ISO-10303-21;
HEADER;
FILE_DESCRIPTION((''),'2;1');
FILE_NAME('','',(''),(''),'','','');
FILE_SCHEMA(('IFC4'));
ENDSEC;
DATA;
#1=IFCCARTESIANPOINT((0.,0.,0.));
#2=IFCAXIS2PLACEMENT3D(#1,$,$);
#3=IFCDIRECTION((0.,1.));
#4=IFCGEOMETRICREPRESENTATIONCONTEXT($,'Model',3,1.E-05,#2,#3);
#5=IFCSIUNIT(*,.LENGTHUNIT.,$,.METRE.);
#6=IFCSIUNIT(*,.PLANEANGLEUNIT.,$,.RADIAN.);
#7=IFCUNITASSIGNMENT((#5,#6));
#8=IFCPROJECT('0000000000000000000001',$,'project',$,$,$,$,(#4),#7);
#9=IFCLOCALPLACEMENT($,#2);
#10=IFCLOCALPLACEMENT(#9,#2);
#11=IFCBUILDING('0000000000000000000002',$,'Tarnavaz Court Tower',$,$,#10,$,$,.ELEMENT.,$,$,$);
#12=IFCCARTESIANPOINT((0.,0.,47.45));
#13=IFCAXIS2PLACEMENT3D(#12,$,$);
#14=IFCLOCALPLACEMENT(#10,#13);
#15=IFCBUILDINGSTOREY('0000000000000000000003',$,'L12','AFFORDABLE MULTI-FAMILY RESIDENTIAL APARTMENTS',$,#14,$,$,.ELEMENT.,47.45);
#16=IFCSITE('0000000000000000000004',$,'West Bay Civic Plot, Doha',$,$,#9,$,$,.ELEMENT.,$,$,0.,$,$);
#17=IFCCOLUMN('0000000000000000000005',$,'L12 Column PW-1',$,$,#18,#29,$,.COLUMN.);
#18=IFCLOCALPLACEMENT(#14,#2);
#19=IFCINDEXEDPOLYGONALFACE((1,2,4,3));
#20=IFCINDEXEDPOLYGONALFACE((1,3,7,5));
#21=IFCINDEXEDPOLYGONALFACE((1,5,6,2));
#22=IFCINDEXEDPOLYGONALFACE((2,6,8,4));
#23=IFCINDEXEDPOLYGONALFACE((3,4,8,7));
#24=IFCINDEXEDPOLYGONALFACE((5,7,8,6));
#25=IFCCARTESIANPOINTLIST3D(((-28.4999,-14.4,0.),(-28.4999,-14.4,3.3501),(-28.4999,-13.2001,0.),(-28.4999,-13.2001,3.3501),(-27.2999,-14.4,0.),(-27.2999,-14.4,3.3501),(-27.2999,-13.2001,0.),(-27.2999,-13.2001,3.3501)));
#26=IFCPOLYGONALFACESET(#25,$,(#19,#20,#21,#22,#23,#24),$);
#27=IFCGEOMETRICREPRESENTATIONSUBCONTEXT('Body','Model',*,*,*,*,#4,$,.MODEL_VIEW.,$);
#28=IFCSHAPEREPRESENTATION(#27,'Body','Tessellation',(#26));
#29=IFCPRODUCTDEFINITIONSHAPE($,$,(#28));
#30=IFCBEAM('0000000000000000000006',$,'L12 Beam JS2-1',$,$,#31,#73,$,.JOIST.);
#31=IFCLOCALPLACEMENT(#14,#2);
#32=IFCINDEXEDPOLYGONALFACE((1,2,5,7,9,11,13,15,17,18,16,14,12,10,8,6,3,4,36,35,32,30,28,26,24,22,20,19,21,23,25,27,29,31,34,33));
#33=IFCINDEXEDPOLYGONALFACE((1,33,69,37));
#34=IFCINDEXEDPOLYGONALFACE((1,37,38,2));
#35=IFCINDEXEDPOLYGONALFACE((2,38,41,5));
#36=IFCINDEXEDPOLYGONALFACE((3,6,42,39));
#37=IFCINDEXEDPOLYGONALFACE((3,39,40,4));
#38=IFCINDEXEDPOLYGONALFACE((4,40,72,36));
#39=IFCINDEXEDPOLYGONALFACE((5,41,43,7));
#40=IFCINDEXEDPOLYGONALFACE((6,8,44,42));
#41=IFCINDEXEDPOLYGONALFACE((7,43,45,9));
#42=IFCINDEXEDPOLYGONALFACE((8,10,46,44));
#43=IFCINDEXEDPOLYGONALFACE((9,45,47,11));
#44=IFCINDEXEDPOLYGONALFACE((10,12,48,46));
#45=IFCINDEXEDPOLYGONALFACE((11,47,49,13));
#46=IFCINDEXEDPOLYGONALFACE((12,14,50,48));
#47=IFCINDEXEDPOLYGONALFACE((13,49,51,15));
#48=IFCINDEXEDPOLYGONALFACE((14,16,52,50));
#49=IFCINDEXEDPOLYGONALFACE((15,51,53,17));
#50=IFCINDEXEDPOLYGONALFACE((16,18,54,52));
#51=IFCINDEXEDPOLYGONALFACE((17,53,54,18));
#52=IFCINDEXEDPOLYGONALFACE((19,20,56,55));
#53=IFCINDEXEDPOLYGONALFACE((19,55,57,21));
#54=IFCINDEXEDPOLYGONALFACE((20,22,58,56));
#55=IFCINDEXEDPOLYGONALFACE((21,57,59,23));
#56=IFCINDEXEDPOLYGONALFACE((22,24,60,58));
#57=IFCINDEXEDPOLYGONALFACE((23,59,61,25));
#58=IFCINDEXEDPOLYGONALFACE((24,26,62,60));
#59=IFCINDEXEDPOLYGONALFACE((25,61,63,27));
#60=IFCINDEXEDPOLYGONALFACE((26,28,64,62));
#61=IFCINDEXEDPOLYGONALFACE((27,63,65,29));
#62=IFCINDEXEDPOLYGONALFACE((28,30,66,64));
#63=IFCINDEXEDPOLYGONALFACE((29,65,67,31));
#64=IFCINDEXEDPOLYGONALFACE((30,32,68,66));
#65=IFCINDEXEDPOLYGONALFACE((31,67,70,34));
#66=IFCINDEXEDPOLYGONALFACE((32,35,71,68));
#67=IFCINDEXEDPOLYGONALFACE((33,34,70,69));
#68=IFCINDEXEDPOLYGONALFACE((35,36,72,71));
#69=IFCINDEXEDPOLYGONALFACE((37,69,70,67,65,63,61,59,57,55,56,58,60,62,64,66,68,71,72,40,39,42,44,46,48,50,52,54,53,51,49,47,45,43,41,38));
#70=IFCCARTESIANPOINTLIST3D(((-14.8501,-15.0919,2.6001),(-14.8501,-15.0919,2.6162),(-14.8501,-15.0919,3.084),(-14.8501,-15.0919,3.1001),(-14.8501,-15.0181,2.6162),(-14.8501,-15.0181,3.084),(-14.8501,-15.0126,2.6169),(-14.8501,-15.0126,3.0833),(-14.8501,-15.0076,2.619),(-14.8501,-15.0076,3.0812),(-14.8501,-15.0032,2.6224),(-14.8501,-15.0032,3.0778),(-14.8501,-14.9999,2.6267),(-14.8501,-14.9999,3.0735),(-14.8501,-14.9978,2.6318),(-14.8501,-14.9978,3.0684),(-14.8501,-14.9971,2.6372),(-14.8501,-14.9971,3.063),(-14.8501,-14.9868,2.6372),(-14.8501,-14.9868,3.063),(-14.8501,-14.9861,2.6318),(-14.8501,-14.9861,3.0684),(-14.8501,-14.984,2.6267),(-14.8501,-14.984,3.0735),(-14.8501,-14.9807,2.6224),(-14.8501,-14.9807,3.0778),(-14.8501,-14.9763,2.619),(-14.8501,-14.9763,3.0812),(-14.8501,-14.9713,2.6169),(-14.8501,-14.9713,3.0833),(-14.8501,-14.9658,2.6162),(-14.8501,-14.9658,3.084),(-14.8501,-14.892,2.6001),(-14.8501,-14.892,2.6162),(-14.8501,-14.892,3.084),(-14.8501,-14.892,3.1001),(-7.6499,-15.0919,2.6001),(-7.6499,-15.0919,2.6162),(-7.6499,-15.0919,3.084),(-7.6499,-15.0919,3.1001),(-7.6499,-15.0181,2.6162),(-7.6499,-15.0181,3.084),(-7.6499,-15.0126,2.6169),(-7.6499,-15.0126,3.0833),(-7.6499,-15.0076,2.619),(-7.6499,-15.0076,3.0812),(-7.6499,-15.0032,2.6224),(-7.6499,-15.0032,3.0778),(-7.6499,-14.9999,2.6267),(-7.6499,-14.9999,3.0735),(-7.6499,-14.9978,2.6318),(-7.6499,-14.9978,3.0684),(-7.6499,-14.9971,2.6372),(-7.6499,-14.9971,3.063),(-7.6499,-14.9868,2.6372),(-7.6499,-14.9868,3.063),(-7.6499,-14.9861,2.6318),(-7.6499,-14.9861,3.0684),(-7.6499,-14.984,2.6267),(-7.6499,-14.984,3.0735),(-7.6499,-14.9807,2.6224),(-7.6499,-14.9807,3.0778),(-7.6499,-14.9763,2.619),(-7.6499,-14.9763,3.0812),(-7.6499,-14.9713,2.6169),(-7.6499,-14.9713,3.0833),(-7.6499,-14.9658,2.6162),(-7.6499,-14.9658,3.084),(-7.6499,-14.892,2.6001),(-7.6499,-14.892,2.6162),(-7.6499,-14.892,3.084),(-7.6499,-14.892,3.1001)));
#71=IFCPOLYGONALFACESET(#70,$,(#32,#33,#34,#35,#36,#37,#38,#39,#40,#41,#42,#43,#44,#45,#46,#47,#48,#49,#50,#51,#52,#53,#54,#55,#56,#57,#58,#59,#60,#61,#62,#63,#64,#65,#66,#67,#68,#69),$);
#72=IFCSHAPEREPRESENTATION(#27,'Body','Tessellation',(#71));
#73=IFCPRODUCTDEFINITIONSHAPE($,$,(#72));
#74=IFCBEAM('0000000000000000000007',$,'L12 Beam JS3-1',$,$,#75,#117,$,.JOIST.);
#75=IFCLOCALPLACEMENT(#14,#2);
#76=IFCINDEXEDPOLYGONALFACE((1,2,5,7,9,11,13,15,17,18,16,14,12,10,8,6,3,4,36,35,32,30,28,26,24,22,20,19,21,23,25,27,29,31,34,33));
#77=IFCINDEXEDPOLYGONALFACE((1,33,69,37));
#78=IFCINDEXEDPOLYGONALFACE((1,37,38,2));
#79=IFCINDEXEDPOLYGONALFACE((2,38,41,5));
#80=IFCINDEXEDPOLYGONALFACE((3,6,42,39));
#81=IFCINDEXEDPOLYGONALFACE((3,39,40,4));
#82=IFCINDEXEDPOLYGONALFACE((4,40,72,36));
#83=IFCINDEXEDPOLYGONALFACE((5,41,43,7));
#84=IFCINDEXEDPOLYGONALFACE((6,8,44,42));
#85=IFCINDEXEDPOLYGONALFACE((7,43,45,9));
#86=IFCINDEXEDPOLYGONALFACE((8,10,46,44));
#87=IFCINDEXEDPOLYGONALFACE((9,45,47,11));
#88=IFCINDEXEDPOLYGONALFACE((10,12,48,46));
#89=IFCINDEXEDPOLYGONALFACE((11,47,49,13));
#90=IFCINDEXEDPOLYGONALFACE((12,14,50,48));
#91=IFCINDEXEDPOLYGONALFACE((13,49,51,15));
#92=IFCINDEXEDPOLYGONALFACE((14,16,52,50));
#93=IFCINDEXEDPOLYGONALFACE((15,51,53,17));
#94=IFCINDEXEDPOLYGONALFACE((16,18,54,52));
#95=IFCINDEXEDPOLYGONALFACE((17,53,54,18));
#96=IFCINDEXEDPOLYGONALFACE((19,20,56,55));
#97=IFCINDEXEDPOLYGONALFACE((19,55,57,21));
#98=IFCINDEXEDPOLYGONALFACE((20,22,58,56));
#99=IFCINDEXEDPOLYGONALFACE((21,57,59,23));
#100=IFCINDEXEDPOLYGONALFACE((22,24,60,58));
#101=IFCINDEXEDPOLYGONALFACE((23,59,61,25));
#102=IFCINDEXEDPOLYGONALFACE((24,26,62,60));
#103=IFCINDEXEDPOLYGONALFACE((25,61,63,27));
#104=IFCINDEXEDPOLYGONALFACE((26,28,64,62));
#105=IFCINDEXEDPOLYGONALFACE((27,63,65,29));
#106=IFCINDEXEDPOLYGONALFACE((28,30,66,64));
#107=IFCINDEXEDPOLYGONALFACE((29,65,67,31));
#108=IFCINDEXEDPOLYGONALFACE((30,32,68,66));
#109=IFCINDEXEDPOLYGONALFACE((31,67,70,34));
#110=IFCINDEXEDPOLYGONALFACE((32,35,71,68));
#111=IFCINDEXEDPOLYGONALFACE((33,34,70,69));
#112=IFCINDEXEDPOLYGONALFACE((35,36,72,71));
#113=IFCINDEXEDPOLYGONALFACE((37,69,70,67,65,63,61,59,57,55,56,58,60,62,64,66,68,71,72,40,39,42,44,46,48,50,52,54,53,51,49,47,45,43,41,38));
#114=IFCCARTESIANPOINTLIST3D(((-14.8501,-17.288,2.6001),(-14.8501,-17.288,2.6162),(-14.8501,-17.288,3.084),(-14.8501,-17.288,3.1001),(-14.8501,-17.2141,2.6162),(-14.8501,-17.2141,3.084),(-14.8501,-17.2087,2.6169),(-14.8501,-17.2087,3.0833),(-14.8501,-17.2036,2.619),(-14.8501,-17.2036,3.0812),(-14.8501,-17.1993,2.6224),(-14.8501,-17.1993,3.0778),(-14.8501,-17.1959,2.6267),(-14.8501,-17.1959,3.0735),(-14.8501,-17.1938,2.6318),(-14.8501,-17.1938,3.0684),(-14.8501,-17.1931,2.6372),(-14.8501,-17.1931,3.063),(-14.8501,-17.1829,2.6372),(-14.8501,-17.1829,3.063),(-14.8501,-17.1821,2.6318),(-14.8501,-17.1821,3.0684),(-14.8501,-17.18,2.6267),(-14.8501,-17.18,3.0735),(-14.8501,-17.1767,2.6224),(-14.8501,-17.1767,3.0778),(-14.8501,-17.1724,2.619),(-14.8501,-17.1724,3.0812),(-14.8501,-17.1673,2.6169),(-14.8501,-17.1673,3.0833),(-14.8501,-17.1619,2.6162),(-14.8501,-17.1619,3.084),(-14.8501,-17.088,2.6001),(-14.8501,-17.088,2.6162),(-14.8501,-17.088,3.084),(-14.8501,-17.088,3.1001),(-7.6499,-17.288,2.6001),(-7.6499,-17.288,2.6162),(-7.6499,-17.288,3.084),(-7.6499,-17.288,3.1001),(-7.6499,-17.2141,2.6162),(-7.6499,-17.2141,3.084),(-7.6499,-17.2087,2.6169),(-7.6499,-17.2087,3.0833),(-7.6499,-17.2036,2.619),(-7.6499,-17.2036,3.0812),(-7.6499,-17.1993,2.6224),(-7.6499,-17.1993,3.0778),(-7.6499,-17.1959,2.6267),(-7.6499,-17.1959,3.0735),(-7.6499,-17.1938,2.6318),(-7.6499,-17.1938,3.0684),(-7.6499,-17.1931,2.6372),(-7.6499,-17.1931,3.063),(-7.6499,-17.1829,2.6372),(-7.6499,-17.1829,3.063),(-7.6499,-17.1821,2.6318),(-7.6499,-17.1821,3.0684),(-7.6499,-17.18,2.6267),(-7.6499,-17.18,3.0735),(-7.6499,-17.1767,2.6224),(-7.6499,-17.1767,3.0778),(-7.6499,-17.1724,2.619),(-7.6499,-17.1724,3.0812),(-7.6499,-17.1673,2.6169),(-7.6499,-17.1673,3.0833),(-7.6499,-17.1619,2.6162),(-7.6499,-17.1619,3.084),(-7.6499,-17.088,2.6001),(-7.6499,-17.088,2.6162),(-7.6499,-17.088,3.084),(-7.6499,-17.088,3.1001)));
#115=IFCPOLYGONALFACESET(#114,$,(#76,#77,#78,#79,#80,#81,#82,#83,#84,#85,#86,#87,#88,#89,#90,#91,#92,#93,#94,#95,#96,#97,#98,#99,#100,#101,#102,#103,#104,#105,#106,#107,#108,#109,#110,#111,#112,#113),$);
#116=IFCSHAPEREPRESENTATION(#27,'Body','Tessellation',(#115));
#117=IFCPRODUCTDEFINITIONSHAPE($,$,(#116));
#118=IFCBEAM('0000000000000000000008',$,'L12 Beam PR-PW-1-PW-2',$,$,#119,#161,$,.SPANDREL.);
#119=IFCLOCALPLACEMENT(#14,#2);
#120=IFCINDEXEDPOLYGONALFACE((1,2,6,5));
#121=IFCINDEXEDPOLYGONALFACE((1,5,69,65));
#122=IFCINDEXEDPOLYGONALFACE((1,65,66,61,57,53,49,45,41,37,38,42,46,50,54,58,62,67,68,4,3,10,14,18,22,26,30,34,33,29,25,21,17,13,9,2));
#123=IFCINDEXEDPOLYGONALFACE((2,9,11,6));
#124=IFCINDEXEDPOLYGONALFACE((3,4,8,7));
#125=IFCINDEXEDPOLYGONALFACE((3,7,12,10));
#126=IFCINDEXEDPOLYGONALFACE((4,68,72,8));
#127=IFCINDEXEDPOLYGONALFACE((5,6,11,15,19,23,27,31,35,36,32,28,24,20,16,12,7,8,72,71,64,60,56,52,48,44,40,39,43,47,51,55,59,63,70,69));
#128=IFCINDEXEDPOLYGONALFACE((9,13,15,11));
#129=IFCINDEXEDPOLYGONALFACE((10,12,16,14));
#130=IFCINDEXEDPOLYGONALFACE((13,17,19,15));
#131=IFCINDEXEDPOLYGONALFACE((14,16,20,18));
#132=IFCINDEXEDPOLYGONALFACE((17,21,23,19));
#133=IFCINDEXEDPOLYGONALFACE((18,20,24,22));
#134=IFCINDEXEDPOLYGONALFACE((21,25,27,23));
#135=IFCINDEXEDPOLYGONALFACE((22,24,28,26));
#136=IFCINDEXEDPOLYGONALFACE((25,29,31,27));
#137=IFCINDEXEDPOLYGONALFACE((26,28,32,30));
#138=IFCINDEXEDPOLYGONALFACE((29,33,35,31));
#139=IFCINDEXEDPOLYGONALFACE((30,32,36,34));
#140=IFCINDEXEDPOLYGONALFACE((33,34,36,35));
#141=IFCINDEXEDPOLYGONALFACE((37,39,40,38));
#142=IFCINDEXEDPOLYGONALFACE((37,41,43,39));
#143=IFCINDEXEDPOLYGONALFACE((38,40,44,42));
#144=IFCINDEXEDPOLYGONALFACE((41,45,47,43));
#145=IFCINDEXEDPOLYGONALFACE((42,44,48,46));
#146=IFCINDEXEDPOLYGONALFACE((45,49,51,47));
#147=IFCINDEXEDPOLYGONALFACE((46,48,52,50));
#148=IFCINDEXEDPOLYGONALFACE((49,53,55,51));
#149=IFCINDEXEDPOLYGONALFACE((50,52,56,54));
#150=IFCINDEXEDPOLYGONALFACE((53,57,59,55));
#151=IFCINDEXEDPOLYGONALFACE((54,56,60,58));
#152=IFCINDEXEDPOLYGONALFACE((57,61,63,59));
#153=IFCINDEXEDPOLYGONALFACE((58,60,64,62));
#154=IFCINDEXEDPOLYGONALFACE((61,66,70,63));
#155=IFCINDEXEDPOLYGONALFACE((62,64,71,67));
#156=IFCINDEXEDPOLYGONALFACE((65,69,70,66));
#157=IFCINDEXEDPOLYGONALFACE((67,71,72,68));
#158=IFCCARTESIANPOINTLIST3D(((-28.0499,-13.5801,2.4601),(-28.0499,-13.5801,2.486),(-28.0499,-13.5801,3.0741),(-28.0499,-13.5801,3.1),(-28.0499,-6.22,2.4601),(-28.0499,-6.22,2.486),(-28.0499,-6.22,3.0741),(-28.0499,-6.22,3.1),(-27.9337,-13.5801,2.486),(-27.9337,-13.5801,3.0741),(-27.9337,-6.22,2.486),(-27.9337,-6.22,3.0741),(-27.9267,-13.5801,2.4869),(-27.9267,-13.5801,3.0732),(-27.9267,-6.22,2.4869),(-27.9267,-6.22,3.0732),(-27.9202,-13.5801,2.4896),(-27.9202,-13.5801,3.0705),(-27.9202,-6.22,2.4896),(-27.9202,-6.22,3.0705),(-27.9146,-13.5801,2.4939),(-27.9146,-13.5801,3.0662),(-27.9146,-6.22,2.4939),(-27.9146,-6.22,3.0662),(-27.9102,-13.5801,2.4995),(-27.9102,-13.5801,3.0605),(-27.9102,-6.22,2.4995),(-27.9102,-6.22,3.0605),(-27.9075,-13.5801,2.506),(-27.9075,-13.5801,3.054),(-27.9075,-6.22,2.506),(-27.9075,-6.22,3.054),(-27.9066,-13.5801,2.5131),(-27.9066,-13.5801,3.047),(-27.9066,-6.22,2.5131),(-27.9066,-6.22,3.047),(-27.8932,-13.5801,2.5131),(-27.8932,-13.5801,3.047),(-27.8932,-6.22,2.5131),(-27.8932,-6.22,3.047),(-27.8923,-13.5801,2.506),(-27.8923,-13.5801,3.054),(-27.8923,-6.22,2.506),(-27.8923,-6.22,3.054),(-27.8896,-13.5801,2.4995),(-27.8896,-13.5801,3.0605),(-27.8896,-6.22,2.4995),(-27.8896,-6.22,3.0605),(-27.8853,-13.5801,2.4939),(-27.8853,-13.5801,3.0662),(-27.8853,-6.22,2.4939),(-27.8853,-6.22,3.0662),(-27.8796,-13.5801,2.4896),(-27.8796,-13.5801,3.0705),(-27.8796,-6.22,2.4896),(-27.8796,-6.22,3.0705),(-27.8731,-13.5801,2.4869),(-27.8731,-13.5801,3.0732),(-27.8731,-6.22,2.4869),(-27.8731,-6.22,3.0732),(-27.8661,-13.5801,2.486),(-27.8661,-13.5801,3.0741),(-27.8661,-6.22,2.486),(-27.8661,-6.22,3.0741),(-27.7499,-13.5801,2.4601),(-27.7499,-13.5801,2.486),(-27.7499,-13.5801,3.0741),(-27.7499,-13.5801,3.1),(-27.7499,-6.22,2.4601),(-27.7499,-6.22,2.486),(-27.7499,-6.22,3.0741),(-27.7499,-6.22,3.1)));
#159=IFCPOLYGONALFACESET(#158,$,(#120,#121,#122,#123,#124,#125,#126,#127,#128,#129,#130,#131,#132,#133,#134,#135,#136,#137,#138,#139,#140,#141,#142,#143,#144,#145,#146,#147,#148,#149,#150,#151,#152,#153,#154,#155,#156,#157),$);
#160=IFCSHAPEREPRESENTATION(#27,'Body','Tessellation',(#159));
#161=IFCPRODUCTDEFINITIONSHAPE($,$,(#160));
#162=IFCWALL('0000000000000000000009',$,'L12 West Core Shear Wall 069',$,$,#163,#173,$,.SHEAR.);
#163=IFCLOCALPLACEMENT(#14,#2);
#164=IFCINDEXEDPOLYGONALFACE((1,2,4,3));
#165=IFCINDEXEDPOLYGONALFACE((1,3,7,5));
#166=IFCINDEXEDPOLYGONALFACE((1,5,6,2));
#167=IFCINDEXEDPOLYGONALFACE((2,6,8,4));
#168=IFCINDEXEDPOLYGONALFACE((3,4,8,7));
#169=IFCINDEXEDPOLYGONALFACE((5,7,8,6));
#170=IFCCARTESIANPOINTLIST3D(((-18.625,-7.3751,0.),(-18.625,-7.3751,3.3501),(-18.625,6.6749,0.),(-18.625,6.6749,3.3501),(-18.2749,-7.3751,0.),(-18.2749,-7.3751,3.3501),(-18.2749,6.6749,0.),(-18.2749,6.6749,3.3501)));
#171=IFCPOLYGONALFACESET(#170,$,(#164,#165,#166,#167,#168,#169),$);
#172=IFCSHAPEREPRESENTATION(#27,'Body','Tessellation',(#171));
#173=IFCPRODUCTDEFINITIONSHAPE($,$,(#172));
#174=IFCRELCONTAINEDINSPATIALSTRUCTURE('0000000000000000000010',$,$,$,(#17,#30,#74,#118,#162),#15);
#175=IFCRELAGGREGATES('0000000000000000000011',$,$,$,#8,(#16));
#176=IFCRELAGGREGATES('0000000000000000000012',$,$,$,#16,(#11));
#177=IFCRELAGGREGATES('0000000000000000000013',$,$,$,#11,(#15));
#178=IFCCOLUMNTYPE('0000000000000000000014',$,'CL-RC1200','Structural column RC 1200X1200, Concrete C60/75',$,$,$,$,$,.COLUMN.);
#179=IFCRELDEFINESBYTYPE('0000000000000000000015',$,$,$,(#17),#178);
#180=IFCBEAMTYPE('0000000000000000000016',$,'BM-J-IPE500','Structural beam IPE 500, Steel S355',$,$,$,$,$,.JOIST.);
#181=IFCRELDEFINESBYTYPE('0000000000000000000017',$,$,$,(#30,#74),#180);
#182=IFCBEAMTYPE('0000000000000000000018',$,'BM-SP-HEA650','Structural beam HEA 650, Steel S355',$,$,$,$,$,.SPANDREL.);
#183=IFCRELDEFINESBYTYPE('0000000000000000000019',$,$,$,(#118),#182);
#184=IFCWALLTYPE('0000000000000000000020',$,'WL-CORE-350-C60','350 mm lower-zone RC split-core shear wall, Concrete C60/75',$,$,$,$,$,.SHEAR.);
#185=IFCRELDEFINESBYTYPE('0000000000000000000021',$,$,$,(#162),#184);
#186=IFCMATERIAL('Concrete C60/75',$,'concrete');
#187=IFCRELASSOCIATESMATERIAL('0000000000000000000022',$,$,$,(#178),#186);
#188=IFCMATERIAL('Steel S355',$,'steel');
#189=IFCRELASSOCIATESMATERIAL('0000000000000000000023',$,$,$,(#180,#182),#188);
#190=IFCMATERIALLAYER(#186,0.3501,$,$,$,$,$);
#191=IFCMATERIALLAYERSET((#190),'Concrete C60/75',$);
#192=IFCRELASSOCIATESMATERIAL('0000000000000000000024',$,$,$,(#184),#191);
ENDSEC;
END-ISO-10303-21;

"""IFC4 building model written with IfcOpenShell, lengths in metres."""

from ifc_helpers import new_model, si_unit, direction, frame, frame_2d, origin, origin_2d, place, context, subcontext, project, spatial, rectangle, i_section, extrude, material, layer, layer_set, material_profile, profile_set, type_object, element, save


model = new_model("IFC4")

# Units and contexts
model_context = context("Model", 3, precision=1e-05, world=origin(), true_north=direction((0.0, 1.0)))
body_context = subcontext(model_context, "Body", "Model", "MODEL_VIEW")
ifc_project = project(units=[si_unit("LENGTHUNIT", "METRE"), si_unit("PLANEANGLEUNIT", "RADIAN")], contexts=[model_context])

# Site, building, storey
site_placement = place(None, origin())
site = spatial("IfcSite", under=ifc_project, at=site_placement, Name="West Bay Civic Plot, Doha", CompositionType="ELEMENT", RefElevation=0.0)
building_placement = place(site_placement, origin())
building = spatial("IfcBuilding", under=site, at=building_placement, Name="Tarnavaz Court Tower", CompositionType="ELEMENT")
storey_placement = place(building_placement, frame((0.0, 0.0, 47.45)))
storey = spatial("IfcBuildingStorey", under=building, at=storey_placement, Name="L12", Description="AFFORDABLE MULTI-FAMILY RESIDENTIAL APARTMENTS", CompositionType="ELEMENT", Elevation=47.45)

# Column
ifc_material_1 = material(Name="Concrete C60/75", Category="concrete")
ifc_material_profile_1 = material_profile(ifc_material_1, rectangle(XDim=1.2, YDim=1.2, at=origin_2d()), Name="RC 1200X1200")
ifc_profile_set_1 = profile_set([ifc_material_profile_1], Name="Concrete C60/75")
column_type = type_object("IfcColumnType", Name="CL-RC1200", Description="Structural column RC 1200X1200, Concrete C60/75", PredefinedType="COLUMN", material=ifc_profile_set_1)
column_placement = place(storey_placement, frame((-27.8999, -13.8, 0.0), z_axis=(0.0, 0.0, 1.0), x_axis=(1.0, 0.0, 0.0)))
element("IfcColumn", 1, at=column_placement, inside=storey, type_object=column_type, Name="L12 Column PW-1", PredefinedType="COLUMN", context=body_context, shape_type="SweptSolid", body=[
    extrude(rectangle(XDim=1.2, YDim=1.2, at=origin_2d()), origin(), (0.0, 0.0, 1.0), 3.3501),
])

# Beams
ifc_material_2 = material(Name="Steel S355", Category="steel")
ifc_material_profile_2 = material_profile(ifc_material_2, i_section(OverallWidth=0.2, OverallDepth=0.5, WebThickness=0.0103, FlangeThickness=0.0161, FilletRadius=0.021, at=origin_2d()), Name="IPE 500")
ifc_profile_set_2 = profile_set([ifc_material_profile_2], Name="Steel S355")
beam_type_1 = type_object("IfcBeamType", Name="BM-J-IPE500", Description="Structural beam IPE 500, Steel S355", PredefinedType="JOIST", material=ifc_profile_set_2)
for number, where, z_axis, x_axis, name in (
    (2, (-14.8501, -14.9919, 2.8501), (1.0, 0.0, 0.0), (0.0, 1.0, 0.0), "L12 Beam JS2-1"),
    (3, (-14.8501, -17.188, 2.8501), (1.0, 0.0, 0.0), (0.0, 1.0, 0.0), "L12 Beam JS3-1"),
):
    element("IfcBeam", number, at=place(storey_placement, frame(where, z_axis=z_axis, x_axis=x_axis)), inside=storey, type_object=beam_type_1, Name=name, PredefinedType="JOIST", context=body_context, shape_type="SweptSolid", body=[
        extrude(i_section(OverallWidth=0.2, OverallDepth=0.5, WebThickness=0.0103, FlangeThickness=0.0161, FilletRadius=0.021, at=origin_2d()), origin(), (0.0, 0.0, 1.0), 7.2002),
    ])
ifc_material_profile_3 = material_profile(ifc_material_2, i_section(OverallWidth=0.3, OverallDepth=0.6399, WebThickness=0.0134, FlangeThickness=0.0259, FilletRadius=0.0271, at=origin_2d()), Name="HEA 650")
ifc_profile_set_3 = profile_set([ifc_material_profile_3], Name="Steel S355")
beam_type_2 = type_object("IfcBeamType", Name="BM-SP-HEA650", Description="Structural beam HEA 650, Steel S355", PredefinedType="SPANDREL", material=ifc_profile_set_3)
beam_placement = place(storey_placement, frame((-27.8999, -13.5801, 2.78), z_axis=(0.0, 1.0, 0.0), x_axis=(-1.0, 0.0, 0.0)))
element("IfcBeam", 4, at=beam_placement, inside=storey, type_object=beam_type_2, Name="L12 Beam PR-PW-1-PW-2", PredefinedType="SPANDREL", context=body_context, shape_type="SweptSolid", body=[
    extrude(i_section(OverallWidth=0.3, OverallDepth=0.6399, WebThickness=0.0134, FlangeThickness=0.0259, FilletRadius=0.0271, at=origin_2d()), origin(), (0.0, 0.0, 1.0), 7.3601),
])

# Wall
ifc_layer_1 = layer(ifc_material_1, 0.3501)
ifc_layer_set_1 = layer_set([ifc_layer_1], Name="Concrete C60/75")
wall_type_1 = type_object("IfcWallType", Name="WL-CORE-350-C60", Description="350 mm lower-zone RC split-core shear wall, Concrete C60/75", PredefinedType="SHEAR", material=ifc_layer_set_1)
wall_1_placement = place(storey_placement, frame((-18.45, -7.375, 0.0), z_axis=(0.0, 0.0, 1.0), x_axis=(0.0, 1.0, 0.0)))
element("IfcWall", 5, at=wall_1_placement, inside=storey, type_object=wall_type_1, Name="L12 West Core Shear Wall 069", PredefinedType="SHEAR", context=body_context, shape_type="SweptSolid", body=[
    extrude(rectangle(XDim=14.05, YDim=0.3501, at=frame_2d((7.0249, 0.0))), origin(), (0.0, 0.0, 1.0), 3.3501),
])

save(model, "model.ifc")
